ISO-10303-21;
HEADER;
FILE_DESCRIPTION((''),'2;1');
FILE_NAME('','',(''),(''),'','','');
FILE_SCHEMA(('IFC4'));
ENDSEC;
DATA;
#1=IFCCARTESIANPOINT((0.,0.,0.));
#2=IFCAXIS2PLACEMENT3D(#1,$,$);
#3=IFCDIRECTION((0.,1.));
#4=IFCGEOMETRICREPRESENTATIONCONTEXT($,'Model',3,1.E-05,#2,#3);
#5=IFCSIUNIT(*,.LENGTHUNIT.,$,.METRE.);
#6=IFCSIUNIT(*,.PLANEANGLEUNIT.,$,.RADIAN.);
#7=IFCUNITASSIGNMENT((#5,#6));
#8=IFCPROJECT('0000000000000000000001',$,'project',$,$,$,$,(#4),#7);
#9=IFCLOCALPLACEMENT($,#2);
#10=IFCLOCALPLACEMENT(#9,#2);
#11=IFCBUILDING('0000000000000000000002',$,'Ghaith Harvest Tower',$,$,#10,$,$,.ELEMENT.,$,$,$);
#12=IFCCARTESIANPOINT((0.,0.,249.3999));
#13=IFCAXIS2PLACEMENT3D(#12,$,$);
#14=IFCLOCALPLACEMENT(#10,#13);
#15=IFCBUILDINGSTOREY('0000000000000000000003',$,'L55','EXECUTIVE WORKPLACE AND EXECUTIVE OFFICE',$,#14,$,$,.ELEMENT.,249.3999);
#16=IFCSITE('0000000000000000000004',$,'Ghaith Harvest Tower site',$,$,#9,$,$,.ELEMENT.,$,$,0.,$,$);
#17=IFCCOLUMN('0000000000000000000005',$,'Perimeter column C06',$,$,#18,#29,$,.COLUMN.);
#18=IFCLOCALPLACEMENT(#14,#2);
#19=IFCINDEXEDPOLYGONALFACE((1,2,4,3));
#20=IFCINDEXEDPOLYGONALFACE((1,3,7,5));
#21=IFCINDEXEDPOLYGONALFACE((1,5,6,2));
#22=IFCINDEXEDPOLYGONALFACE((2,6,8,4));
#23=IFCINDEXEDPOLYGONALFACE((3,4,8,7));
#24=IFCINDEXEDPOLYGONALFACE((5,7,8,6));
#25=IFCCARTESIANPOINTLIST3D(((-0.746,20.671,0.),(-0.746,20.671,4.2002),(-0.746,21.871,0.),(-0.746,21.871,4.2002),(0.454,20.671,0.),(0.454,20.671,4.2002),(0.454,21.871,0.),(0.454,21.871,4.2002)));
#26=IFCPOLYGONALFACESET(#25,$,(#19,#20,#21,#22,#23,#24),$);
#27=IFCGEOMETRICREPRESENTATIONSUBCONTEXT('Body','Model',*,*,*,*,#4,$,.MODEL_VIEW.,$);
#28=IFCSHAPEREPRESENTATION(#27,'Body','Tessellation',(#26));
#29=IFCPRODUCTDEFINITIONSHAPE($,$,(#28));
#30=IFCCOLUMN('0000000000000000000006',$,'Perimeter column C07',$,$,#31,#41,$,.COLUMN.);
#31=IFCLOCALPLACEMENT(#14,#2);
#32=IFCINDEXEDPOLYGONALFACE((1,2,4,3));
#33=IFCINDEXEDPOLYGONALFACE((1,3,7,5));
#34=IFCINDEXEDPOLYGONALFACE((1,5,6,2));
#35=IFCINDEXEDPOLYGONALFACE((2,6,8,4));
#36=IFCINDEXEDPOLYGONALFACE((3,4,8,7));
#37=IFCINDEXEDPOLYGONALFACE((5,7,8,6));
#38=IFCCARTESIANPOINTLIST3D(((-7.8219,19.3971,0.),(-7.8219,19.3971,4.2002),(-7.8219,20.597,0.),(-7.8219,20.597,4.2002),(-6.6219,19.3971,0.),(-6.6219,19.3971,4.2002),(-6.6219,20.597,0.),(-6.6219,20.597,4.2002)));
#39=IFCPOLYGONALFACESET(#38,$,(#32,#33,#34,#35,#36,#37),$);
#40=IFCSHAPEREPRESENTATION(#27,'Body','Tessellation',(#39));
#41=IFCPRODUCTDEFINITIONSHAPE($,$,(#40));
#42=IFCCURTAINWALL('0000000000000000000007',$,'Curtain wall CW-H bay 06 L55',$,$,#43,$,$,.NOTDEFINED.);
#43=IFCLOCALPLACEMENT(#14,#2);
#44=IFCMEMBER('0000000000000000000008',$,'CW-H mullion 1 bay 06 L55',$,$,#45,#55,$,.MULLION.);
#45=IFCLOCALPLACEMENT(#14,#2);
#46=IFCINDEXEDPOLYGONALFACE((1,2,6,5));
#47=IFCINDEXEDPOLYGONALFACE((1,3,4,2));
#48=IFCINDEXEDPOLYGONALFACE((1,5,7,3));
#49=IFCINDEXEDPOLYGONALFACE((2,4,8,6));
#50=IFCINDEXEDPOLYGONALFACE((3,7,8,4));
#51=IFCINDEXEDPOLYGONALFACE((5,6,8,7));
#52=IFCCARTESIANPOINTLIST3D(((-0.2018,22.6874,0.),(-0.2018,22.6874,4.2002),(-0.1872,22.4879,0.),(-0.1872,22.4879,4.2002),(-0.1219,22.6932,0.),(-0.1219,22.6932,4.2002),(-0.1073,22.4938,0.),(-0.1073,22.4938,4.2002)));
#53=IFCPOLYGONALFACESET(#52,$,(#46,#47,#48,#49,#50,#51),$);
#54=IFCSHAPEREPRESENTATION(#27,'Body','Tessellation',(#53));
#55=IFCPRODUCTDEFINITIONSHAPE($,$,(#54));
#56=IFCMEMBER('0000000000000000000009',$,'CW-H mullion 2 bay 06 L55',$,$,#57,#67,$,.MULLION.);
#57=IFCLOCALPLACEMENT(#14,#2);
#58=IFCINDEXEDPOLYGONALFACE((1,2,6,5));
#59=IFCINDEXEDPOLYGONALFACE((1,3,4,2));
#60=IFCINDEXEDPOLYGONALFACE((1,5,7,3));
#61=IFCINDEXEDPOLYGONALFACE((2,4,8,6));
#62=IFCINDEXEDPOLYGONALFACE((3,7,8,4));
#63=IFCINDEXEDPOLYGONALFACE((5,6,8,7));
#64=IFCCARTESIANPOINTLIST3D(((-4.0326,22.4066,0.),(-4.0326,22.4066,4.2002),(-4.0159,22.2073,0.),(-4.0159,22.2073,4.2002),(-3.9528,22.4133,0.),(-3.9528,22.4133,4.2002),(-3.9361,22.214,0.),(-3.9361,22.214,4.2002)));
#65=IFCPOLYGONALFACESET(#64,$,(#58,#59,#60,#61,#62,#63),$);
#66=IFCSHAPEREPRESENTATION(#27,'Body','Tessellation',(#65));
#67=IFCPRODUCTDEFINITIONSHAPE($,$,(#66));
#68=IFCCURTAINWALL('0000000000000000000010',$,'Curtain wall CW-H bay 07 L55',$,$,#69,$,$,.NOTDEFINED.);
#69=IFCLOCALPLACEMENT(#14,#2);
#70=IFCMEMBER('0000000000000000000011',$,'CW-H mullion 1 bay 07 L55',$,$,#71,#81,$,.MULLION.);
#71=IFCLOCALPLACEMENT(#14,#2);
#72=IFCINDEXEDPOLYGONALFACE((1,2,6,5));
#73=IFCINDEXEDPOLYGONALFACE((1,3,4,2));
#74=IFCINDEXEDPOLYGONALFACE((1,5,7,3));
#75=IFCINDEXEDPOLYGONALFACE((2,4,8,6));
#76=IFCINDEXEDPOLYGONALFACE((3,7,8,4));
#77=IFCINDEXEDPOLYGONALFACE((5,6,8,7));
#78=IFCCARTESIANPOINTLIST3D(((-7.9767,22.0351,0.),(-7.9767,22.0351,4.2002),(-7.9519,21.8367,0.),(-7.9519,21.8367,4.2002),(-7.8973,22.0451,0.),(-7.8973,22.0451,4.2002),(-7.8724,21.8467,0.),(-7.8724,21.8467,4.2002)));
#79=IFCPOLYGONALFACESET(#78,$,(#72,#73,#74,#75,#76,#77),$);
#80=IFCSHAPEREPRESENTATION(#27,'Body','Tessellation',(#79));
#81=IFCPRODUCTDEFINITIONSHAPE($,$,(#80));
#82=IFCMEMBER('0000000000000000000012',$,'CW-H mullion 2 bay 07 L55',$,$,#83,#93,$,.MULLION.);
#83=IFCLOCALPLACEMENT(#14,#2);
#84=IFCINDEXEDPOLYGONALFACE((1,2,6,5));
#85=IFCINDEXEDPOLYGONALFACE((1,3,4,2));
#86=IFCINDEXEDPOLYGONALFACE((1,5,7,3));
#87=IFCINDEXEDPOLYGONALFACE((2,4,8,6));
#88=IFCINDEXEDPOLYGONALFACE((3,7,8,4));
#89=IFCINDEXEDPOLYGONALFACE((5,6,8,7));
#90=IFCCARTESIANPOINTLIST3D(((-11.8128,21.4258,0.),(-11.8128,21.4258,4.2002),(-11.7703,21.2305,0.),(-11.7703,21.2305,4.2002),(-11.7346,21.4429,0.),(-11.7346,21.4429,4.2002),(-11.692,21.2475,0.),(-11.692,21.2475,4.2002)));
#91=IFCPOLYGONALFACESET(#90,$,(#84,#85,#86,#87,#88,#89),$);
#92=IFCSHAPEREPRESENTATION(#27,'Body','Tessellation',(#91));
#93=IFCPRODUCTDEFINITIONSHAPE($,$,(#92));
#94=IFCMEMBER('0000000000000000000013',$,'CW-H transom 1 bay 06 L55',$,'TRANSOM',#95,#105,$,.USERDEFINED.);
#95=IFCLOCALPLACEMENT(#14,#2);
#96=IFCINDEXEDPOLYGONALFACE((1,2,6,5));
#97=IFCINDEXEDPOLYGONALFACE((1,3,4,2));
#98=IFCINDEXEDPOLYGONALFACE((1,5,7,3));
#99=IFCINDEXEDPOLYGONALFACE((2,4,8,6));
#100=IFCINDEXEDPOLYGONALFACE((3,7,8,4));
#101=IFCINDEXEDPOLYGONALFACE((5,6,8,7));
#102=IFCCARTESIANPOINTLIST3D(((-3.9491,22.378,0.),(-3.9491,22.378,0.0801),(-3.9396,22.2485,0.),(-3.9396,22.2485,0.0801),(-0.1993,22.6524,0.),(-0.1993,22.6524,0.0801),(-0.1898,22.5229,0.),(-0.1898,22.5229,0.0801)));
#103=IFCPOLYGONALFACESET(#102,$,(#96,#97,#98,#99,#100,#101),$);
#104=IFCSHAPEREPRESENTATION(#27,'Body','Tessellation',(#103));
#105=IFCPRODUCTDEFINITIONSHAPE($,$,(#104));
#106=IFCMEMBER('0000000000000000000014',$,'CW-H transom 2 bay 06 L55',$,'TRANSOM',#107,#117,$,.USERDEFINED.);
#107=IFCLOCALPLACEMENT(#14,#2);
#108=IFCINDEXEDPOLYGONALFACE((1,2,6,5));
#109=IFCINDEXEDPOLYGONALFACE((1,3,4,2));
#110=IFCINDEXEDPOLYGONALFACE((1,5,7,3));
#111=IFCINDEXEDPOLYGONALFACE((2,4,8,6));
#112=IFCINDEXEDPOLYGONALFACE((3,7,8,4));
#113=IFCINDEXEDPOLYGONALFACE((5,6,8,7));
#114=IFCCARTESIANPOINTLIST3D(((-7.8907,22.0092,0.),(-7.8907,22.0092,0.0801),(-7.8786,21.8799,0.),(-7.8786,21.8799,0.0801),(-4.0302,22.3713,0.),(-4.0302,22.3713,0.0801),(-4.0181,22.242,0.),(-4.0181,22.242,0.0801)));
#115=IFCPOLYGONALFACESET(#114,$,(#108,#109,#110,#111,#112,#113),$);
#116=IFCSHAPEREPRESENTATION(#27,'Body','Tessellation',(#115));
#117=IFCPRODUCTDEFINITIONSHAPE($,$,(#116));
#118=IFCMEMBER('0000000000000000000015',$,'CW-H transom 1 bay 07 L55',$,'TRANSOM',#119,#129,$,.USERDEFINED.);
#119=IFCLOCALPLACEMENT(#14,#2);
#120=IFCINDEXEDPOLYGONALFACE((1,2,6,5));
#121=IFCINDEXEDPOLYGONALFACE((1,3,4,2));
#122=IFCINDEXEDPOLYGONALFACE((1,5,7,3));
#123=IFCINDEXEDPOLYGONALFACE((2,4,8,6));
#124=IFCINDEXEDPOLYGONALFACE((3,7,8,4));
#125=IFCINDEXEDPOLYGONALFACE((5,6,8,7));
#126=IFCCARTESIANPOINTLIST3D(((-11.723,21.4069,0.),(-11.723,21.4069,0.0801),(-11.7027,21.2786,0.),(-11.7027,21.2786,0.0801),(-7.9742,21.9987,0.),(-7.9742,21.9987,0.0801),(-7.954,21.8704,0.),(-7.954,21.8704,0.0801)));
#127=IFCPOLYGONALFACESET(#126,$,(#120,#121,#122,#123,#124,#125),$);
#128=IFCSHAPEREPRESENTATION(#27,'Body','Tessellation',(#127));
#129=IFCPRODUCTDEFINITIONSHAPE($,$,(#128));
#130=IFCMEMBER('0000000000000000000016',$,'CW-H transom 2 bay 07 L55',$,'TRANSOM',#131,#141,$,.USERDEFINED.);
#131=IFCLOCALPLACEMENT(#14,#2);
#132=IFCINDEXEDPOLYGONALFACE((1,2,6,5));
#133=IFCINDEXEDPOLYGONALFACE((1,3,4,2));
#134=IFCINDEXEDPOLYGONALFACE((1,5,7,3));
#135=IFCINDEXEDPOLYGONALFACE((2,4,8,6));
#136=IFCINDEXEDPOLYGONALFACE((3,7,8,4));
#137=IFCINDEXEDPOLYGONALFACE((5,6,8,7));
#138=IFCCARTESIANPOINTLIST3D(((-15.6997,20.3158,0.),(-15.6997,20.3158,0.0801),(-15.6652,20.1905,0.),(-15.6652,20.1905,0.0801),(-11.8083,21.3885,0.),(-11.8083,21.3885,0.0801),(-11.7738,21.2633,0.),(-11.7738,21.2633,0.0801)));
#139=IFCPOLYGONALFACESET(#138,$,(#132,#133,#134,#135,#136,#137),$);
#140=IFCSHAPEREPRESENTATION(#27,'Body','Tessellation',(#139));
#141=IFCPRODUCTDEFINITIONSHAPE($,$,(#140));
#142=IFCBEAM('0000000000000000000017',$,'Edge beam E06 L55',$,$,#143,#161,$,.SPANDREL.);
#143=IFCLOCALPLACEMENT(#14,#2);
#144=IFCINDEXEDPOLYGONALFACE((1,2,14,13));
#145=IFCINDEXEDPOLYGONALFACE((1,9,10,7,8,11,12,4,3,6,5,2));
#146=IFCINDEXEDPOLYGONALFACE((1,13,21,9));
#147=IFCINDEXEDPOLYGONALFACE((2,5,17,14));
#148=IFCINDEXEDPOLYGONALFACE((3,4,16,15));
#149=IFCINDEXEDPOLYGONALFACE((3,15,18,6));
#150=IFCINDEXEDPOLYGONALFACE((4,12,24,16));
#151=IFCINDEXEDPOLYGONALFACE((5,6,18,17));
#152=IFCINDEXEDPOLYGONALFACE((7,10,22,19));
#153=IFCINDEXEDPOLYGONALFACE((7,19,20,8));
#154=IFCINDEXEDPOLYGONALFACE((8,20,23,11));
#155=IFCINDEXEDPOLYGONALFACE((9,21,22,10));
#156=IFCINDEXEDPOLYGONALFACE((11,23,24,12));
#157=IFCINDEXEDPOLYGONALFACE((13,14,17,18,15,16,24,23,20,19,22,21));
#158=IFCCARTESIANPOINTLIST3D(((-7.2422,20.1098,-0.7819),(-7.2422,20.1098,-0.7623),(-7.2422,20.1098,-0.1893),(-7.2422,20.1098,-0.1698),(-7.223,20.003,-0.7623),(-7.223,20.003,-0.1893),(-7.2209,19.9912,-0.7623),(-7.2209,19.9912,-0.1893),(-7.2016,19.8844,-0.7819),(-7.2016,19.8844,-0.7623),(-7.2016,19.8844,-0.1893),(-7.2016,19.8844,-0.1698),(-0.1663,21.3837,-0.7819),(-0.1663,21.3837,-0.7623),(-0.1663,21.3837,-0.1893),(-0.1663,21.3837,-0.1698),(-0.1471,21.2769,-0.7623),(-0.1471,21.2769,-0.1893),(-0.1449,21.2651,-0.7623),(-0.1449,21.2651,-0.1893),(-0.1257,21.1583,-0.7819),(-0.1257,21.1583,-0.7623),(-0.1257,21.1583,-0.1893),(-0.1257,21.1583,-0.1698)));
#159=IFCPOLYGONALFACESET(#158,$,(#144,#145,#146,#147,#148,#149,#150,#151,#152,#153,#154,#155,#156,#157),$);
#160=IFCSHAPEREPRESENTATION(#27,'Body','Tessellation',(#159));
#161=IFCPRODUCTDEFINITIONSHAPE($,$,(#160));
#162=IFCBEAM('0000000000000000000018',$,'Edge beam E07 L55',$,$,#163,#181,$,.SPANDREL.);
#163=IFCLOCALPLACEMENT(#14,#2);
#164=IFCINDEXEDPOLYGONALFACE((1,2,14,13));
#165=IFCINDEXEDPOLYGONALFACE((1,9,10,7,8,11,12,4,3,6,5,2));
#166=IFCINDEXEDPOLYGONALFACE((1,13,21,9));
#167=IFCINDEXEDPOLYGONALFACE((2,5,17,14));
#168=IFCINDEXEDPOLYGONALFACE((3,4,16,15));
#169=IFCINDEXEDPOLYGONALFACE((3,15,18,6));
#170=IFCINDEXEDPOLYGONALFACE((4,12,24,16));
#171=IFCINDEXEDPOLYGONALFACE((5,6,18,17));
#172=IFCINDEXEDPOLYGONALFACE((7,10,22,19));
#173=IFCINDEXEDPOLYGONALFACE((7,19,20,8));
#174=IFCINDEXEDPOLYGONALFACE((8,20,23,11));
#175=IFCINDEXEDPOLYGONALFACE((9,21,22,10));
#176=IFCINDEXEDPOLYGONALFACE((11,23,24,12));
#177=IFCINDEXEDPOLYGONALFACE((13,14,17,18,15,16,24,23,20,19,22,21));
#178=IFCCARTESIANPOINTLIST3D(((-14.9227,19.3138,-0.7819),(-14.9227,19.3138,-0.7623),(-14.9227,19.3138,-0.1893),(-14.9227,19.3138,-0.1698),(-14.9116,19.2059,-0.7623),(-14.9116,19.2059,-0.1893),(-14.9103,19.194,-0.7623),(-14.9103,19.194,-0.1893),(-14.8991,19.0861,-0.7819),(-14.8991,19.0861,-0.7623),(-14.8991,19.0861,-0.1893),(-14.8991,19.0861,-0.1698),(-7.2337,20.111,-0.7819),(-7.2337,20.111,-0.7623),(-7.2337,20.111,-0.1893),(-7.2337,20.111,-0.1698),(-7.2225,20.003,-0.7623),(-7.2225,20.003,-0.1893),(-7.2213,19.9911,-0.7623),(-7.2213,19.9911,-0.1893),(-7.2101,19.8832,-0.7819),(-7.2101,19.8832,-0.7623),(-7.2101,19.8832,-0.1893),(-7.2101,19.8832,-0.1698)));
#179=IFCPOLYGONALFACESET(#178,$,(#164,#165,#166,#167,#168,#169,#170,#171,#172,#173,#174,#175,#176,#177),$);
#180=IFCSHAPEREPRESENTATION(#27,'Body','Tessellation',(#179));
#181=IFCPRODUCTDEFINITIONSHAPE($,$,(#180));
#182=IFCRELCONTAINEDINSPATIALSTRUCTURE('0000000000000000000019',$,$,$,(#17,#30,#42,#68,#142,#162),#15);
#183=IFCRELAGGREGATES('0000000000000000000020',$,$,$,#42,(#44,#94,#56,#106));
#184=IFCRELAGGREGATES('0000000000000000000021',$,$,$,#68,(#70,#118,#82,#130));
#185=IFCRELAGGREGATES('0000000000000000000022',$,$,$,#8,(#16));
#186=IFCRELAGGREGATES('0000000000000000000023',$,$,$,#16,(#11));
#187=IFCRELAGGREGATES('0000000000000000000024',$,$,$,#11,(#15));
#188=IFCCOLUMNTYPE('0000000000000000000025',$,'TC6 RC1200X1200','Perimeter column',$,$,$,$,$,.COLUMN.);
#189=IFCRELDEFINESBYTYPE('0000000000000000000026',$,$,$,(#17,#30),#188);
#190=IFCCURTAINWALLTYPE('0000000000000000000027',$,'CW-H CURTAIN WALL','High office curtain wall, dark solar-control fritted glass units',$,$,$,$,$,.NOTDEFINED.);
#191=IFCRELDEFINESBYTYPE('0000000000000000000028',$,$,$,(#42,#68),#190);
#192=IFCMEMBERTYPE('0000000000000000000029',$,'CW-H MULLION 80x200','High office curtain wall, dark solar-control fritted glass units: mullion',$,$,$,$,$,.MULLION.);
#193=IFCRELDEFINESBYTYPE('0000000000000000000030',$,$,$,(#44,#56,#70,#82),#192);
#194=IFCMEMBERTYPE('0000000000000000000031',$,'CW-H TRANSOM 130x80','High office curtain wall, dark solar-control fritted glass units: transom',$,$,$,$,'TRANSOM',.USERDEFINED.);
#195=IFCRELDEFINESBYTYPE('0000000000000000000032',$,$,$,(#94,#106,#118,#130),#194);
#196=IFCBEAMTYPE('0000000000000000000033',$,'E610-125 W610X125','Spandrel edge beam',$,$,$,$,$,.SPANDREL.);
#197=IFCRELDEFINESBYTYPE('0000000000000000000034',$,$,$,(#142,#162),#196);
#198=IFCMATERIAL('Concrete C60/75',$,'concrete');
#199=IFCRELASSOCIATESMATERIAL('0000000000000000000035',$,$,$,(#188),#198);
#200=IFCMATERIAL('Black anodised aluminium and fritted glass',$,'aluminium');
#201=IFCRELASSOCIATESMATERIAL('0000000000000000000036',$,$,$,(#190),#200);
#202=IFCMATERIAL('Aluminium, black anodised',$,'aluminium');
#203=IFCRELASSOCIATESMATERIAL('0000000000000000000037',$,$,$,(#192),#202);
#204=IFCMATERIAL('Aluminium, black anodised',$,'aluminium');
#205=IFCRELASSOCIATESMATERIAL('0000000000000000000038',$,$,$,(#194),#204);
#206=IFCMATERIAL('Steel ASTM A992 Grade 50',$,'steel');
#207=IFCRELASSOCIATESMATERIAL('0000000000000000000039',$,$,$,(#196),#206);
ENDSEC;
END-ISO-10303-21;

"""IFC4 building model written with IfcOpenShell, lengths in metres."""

from ifc_helpers import new_model, si_unit, direction, frame, origin, origin_2d, place, context, subcontext, project, spatial, rectangle, i_section, extrude, material, material_profile, profile_set, type_object, element, aggregate, save


model = new_model("IFC4")

# Units and contexts
model_context = context("Model", 3, precision=1e-05, world=origin(), true_north=direction((0.0, 1.0)))
body_context = subcontext(model_context, "Body", "Model", "MODEL_VIEW")
ifc_project = project(units=[si_unit("LENGTHUNIT", "METRE"), si_unit("PLANEANGLEUNIT", "RADIAN")], contexts=[model_context])

# Site, building, storey
site_placement = place(None, origin())
site = spatial("IfcSite", under=ifc_project, at=site_placement, Name="Ghaith Harvest Tower site", CompositionType="ELEMENT", RefElevation=0.0)
building_placement = place(site_placement, origin())
building = spatial("IfcBuilding", under=site, at=building_placement, Name="Ghaith Harvest Tower", CompositionType="ELEMENT")
storey_placement = place(building_placement, frame((0.0, 0.0, 249.3999)))
storey = spatial("IfcBuildingStorey", under=building, at=storey_placement, Name="L55", Description="EXECUTIVE WORKPLACE AND EXECUTIVE OFFICE", CompositionType="ELEMENT", Elevation=249.3999)

# Columns
ifc_material_1 = material(Name="Concrete C60/75", Category="concrete")
ifc_material_profile_1 = material_profile(ifc_material_1, rectangle(XDim=1.2, YDim=1.2, at=origin_2d()), Name="RC1200X1200")
ifc_profile_set_1 = profile_set([ifc_material_profile_1], Name="Concrete C60/75")
column_type = type_object("IfcColumnType", Name="TC6 RC1200X1200", Description="Perimeter column", PredefinedType="COLUMN", material=ifc_profile_set_1)
for number, where, z_axis, x_axis, name in (
    (1, (-0.146, 21.271, 0.0), (0.0, 0.0, 1.0), (1.0, 0.0, 0.0), "Perimeter column C06"),
    (2, (-7.2219, 19.9971, 0.0), (0.0, 0.0, 1.0), (1.0, 0.0, 0.0), "Perimeter column C07"),
):
    element("IfcColumn", number, at=place(storey_placement, frame(where, z_axis=z_axis, x_axis=x_axis)), inside=storey, type_object=column_type, Name=name, PredefinedType="COLUMN", context=body_context, shape_type="SweptSolid", body=[
        extrude(rectangle(XDim=1.2, YDim=1.2, at=origin_2d()), origin(), (0.0, 0.0, 1.0), 4.2002),
    ])

# Curtain walls, members
ifc_material_2 = material(Name="Black anodised aluminium and fritted glass", Category="aluminium")
curtain_wall_type = type_object("IfcCurtainWallType", Name="CW-H CURTAIN WALL", Description="High office curtain wall, dark solar-control fritted glass units", PredefinedType="NOTDEFINED", material=ifc_material_2)
curtain_wall_1_placement = place(storey_placement, origin())
curtain_wall_1 = element("IfcCurtainWall", 3, at=curtain_wall_1_placement, inside=storey, type_object=curtain_wall_type, Name="Curtain wall CW-H bay 06 L55", PredefinedType="NOTDEFINED")
ifc_material_3 = material(Name="Aluminium, black anodised", Category="aluminium")
ifc_material_profile_2 = material_profile(ifc_material_3, rectangle(XDim=0.0801, YDim=0.2, at=origin_2d()), Name="CW-H MULLION 80x200")
ifc_profile_set_2 = profile_set([ifc_material_profile_2], Name="Aluminium, black anodised")
member_type_1 = type_object("IfcMemberType", Name="CW-H MULLION 80x200", Description="High office curtain wall, dark solar-control fritted glass units: mullion", PredefinedType="MULLION", material=ifc_profile_set_2)
member_1_placement = place(storey_placement, frame((-0.1545, 22.5906, 0.0), z_axis=(0.0, 0.0, 1.0), x_axis=(-0.997329, -0.073037, 0.0)))
member_1 = element("IfcMember", 4, at=member_1_placement, type_object=member_type_1, Name="CW-H mullion 1 bay 06 L55", PredefinedType="MULLION", context=body_context, shape_type="SweptSolid", body=[
    extrude(rectangle(XDim=0.0801, YDim=0.2, at=origin_2d()), origin(), (0.0, 0.0, 1.0), 4.2002),
])
member_2_placement = place(storey_placement, frame((-3.9844, 22.3103, 0.0), z_axis=(0.0, 0.0, 1.0), x_axis=(-0.996523, -0.083324, 0.0)))
member_2 = element("IfcMember", 5, at=member_2_placement, type_object=member_type_1, Name="CW-H mullion 2 bay 06 L55", PredefinedType="MULLION", context=body_context, shape_type="SweptSolid", body=[
    extrude(rectangle(XDim=0.0801, YDim=0.2, at=origin_2d()), origin(), (0.0, 0.0, 1.0), 4.2002),
])
curtain_wall_2_placement = place(storey_placement, origin())
curtain_wall_2 = element("IfcCurtainWall", 6, at=curtain_wall_2_placement, inside=storey, type_object=curtain_wall_type, Name="Curtain wall CW-H bay 07 L55", PredefinedType="NOTDEFINED")
member_3_placement = place(storey_placement, frame((-7.9246, 21.9409, 0.0), z_axis=(0.0, 0.0, 1.0), x_axis=(-0.992235, -0.124373, 0.0)))
member_3 = element("IfcMember", 7, at=member_3_placement, type_object=member_type_1, Name="CW-H mullion 1 bay 07 L55", PredefinedType="MULLION", context=body_context, shape_type="SweptSolid", body=[
    extrude(rectangle(XDim=0.0801, YDim=0.2, at=origin_2d()), origin(), (0.0, 0.0, 1.0), 4.2002),
])
member_4_placement = place(storey_placement, frame((-11.7524, 21.3367, 0.0), z_axis=(0.0, 0.0, 1.0), x_axis=(-0.977086, -0.212843, 0.0)))
member_4 = element("IfcMember", 8, at=member_4_placement, type_object=member_type_1, Name="CW-H mullion 2 bay 07 L55", PredefinedType="MULLION", context=body_context, shape_type="SweptSolid", body=[
    extrude(rectangle(XDim=0.0801, YDim=0.2, at=origin_2d()), origin(), (0.0, 0.0, 1.0), 4.2002),
])

# Members
ifc_material_4 = material(Name="Aluminium, black anodised", Category="aluminium")
ifc_material_profile_3 = material_profile(ifc_material_4, rectangle(XDim=0.1299, YDim=0.0801, at=origin_2d()), Name="CW-H TRANSOM 130x80")
ifc_profile_set_3 = profile_set([ifc_material_profile_3], Name="Aluminium, black anodised")
member_type_2 = type_object("IfcMemberType", Name="CW-H TRANSOM 130x80", Description="High office curtain wall, dark solar-control fritted glass units: transom", ElementType="TRANSOM", PredefinedType="USERDEFINED", material=ifc_profile_set_3)
member_5_placement = place(storey_placement, frame((-0.1946, 22.5876, 0.04), z_axis=(-0.997333, -0.072987, 0.0), x_axis=(0.072987, -0.997333, 0.0)))
member_5 = element("IfcMember", 9, at=member_5_placement, type_object=member_type_2, Name="CW-H transom 1 bay 06 L55", ObjectType="TRANSOM", PredefinedType="USERDEFINED", context=body_context, shape_type="SweptSolid", body=[
    extrude(rectangle(XDim=0.1299, YDim=0.0801, at=origin_2d()), origin(), (0.0, 0.0, 1.0), 3.7598),
])
member_6_placement = place(storey_placement, frame((-4.0242, 22.3066, 0.04), z_axis=(-0.995631, -0.093374, 0.0), x_axis=(0.093374, -0.995631, 0.0)))
member_6 = element("IfcMember", 10, at=member_6_placement, type_object=member_type_2, Name="CW-H transom 2 bay 06 L55", ObjectType="TRANSOM", PredefinedType="USERDEFINED", context=body_context, shape_type="SweptSolid", body=[
    extrude(rectangle(XDim=0.1299, YDim=0.0801, at=origin_2d()), origin(), (0.0, 0.0, 1.0), 3.8774),
])
member_7_placement = place(storey_placement, frame((-7.9641, 21.9346, 0.04), z_axis=(-0.987768, -0.155933, 0.0), x_axis=(0.155933, -0.987768, 0.0)))
member_7 = element("IfcMember", 11, at=member_7_placement, type_object=member_type_2, Name="CW-H transom 1 bay 07 L55", ObjectType="TRANSOM", PredefinedType="USERDEFINED", context=body_context, shape_type="SweptSolid", body=[
    extrude(rectangle(XDim=0.1299, YDim=0.0801, at=origin_2d()), origin(), (0.0, 0.0, 1.0), 3.7952),
])
member_8_placement = place(storey_placement, frame((-11.791, 21.3259, 0.04), z_axis=(-0.964039, -0.265762, 0.0), x_axis=(0.265762, -0.964039, 0.0)))
member_8 = element("IfcMember", 12, at=member_8_placement, type_object=member_type_2, Name="CW-H transom 2 bay 07 L55", ObjectType="TRANSOM", PredefinedType="USERDEFINED", context=body_context, shape_type="SweptSolid", body=[
    extrude(rectangle(XDim=0.1299, YDim=0.0801, at=origin_2d()), origin(), (0.0, 0.0, 1.0), 4.0366),
])

# Beams
ifc_material_5 = material(Name="Steel ASTM A992 Grade 50", Category="steel")
ifc_material_profile_4 = material_profile(ifc_material_5, i_section(OverallWidth=0.229, OverallDepth=0.6121, WebThickness=0.012, FlangeThickness=0.0195, at=origin_2d()), Name="W610X125")
ifc_profile_set_4 = profile_set([ifc_material_profile_4], Name="Steel ASTM A992 Grade 50")
beam_type_1 = type_object("IfcBeamType", Name="E610-125 W610X125", Description="Spandrel edge beam", PredefinedType="SPANDREL", material=ifc_profile_set_4)
beam_1_placement = place(storey_placement, frame((-0.146, 21.271, -0.4758), z_axis=(-0.984177, -0.177188, 0.0), x_axis=(0.177188, -0.984177, 0.0)))
element("IfcBeam", 13, at=beam_1_placement, inside=storey, type_object=beam_type_1, Name="Edge beam E06 L55", PredefinedType="SPANDREL", context=body_context, shape_type="SweptSolid", body=[
    extrude(i_section(OverallWidth=0.229, OverallDepth=0.6121, WebThickness=0.012, FlangeThickness=0.0195, at=origin_2d()), origin(), (0.0, 0.0, 1.0), 7.1897),
])
beam_2_placement = place(storey_placement, frame((-7.2219, 19.9971, -0.4758), z_axis=(-0.994669, -0.103118, 0.0), x_axis=(0.103118, -0.994669, 0.0)))
element("IfcBeam", 14, at=beam_2_placement, inside=storey, type_object=beam_type_1, Name="Edge beam E07 L55", PredefinedType="SPANDREL", context=body_context, shape_type="SweptSolid", body=[
    extrude(i_section(OverallWidth=0.229, OverallDepth=0.6121, WebThickness=0.012, FlangeThickness=0.0195, at=origin_2d()), origin(), (0.0, 0.0, 1.0), 7.7302),
])

aggregate(curtain_wall_1, [member_1, member_5, member_2, member_6])
aggregate(curtain_wall_2, [member_3, member_7, member_4, member_8])

save(model, "model.ifc")
